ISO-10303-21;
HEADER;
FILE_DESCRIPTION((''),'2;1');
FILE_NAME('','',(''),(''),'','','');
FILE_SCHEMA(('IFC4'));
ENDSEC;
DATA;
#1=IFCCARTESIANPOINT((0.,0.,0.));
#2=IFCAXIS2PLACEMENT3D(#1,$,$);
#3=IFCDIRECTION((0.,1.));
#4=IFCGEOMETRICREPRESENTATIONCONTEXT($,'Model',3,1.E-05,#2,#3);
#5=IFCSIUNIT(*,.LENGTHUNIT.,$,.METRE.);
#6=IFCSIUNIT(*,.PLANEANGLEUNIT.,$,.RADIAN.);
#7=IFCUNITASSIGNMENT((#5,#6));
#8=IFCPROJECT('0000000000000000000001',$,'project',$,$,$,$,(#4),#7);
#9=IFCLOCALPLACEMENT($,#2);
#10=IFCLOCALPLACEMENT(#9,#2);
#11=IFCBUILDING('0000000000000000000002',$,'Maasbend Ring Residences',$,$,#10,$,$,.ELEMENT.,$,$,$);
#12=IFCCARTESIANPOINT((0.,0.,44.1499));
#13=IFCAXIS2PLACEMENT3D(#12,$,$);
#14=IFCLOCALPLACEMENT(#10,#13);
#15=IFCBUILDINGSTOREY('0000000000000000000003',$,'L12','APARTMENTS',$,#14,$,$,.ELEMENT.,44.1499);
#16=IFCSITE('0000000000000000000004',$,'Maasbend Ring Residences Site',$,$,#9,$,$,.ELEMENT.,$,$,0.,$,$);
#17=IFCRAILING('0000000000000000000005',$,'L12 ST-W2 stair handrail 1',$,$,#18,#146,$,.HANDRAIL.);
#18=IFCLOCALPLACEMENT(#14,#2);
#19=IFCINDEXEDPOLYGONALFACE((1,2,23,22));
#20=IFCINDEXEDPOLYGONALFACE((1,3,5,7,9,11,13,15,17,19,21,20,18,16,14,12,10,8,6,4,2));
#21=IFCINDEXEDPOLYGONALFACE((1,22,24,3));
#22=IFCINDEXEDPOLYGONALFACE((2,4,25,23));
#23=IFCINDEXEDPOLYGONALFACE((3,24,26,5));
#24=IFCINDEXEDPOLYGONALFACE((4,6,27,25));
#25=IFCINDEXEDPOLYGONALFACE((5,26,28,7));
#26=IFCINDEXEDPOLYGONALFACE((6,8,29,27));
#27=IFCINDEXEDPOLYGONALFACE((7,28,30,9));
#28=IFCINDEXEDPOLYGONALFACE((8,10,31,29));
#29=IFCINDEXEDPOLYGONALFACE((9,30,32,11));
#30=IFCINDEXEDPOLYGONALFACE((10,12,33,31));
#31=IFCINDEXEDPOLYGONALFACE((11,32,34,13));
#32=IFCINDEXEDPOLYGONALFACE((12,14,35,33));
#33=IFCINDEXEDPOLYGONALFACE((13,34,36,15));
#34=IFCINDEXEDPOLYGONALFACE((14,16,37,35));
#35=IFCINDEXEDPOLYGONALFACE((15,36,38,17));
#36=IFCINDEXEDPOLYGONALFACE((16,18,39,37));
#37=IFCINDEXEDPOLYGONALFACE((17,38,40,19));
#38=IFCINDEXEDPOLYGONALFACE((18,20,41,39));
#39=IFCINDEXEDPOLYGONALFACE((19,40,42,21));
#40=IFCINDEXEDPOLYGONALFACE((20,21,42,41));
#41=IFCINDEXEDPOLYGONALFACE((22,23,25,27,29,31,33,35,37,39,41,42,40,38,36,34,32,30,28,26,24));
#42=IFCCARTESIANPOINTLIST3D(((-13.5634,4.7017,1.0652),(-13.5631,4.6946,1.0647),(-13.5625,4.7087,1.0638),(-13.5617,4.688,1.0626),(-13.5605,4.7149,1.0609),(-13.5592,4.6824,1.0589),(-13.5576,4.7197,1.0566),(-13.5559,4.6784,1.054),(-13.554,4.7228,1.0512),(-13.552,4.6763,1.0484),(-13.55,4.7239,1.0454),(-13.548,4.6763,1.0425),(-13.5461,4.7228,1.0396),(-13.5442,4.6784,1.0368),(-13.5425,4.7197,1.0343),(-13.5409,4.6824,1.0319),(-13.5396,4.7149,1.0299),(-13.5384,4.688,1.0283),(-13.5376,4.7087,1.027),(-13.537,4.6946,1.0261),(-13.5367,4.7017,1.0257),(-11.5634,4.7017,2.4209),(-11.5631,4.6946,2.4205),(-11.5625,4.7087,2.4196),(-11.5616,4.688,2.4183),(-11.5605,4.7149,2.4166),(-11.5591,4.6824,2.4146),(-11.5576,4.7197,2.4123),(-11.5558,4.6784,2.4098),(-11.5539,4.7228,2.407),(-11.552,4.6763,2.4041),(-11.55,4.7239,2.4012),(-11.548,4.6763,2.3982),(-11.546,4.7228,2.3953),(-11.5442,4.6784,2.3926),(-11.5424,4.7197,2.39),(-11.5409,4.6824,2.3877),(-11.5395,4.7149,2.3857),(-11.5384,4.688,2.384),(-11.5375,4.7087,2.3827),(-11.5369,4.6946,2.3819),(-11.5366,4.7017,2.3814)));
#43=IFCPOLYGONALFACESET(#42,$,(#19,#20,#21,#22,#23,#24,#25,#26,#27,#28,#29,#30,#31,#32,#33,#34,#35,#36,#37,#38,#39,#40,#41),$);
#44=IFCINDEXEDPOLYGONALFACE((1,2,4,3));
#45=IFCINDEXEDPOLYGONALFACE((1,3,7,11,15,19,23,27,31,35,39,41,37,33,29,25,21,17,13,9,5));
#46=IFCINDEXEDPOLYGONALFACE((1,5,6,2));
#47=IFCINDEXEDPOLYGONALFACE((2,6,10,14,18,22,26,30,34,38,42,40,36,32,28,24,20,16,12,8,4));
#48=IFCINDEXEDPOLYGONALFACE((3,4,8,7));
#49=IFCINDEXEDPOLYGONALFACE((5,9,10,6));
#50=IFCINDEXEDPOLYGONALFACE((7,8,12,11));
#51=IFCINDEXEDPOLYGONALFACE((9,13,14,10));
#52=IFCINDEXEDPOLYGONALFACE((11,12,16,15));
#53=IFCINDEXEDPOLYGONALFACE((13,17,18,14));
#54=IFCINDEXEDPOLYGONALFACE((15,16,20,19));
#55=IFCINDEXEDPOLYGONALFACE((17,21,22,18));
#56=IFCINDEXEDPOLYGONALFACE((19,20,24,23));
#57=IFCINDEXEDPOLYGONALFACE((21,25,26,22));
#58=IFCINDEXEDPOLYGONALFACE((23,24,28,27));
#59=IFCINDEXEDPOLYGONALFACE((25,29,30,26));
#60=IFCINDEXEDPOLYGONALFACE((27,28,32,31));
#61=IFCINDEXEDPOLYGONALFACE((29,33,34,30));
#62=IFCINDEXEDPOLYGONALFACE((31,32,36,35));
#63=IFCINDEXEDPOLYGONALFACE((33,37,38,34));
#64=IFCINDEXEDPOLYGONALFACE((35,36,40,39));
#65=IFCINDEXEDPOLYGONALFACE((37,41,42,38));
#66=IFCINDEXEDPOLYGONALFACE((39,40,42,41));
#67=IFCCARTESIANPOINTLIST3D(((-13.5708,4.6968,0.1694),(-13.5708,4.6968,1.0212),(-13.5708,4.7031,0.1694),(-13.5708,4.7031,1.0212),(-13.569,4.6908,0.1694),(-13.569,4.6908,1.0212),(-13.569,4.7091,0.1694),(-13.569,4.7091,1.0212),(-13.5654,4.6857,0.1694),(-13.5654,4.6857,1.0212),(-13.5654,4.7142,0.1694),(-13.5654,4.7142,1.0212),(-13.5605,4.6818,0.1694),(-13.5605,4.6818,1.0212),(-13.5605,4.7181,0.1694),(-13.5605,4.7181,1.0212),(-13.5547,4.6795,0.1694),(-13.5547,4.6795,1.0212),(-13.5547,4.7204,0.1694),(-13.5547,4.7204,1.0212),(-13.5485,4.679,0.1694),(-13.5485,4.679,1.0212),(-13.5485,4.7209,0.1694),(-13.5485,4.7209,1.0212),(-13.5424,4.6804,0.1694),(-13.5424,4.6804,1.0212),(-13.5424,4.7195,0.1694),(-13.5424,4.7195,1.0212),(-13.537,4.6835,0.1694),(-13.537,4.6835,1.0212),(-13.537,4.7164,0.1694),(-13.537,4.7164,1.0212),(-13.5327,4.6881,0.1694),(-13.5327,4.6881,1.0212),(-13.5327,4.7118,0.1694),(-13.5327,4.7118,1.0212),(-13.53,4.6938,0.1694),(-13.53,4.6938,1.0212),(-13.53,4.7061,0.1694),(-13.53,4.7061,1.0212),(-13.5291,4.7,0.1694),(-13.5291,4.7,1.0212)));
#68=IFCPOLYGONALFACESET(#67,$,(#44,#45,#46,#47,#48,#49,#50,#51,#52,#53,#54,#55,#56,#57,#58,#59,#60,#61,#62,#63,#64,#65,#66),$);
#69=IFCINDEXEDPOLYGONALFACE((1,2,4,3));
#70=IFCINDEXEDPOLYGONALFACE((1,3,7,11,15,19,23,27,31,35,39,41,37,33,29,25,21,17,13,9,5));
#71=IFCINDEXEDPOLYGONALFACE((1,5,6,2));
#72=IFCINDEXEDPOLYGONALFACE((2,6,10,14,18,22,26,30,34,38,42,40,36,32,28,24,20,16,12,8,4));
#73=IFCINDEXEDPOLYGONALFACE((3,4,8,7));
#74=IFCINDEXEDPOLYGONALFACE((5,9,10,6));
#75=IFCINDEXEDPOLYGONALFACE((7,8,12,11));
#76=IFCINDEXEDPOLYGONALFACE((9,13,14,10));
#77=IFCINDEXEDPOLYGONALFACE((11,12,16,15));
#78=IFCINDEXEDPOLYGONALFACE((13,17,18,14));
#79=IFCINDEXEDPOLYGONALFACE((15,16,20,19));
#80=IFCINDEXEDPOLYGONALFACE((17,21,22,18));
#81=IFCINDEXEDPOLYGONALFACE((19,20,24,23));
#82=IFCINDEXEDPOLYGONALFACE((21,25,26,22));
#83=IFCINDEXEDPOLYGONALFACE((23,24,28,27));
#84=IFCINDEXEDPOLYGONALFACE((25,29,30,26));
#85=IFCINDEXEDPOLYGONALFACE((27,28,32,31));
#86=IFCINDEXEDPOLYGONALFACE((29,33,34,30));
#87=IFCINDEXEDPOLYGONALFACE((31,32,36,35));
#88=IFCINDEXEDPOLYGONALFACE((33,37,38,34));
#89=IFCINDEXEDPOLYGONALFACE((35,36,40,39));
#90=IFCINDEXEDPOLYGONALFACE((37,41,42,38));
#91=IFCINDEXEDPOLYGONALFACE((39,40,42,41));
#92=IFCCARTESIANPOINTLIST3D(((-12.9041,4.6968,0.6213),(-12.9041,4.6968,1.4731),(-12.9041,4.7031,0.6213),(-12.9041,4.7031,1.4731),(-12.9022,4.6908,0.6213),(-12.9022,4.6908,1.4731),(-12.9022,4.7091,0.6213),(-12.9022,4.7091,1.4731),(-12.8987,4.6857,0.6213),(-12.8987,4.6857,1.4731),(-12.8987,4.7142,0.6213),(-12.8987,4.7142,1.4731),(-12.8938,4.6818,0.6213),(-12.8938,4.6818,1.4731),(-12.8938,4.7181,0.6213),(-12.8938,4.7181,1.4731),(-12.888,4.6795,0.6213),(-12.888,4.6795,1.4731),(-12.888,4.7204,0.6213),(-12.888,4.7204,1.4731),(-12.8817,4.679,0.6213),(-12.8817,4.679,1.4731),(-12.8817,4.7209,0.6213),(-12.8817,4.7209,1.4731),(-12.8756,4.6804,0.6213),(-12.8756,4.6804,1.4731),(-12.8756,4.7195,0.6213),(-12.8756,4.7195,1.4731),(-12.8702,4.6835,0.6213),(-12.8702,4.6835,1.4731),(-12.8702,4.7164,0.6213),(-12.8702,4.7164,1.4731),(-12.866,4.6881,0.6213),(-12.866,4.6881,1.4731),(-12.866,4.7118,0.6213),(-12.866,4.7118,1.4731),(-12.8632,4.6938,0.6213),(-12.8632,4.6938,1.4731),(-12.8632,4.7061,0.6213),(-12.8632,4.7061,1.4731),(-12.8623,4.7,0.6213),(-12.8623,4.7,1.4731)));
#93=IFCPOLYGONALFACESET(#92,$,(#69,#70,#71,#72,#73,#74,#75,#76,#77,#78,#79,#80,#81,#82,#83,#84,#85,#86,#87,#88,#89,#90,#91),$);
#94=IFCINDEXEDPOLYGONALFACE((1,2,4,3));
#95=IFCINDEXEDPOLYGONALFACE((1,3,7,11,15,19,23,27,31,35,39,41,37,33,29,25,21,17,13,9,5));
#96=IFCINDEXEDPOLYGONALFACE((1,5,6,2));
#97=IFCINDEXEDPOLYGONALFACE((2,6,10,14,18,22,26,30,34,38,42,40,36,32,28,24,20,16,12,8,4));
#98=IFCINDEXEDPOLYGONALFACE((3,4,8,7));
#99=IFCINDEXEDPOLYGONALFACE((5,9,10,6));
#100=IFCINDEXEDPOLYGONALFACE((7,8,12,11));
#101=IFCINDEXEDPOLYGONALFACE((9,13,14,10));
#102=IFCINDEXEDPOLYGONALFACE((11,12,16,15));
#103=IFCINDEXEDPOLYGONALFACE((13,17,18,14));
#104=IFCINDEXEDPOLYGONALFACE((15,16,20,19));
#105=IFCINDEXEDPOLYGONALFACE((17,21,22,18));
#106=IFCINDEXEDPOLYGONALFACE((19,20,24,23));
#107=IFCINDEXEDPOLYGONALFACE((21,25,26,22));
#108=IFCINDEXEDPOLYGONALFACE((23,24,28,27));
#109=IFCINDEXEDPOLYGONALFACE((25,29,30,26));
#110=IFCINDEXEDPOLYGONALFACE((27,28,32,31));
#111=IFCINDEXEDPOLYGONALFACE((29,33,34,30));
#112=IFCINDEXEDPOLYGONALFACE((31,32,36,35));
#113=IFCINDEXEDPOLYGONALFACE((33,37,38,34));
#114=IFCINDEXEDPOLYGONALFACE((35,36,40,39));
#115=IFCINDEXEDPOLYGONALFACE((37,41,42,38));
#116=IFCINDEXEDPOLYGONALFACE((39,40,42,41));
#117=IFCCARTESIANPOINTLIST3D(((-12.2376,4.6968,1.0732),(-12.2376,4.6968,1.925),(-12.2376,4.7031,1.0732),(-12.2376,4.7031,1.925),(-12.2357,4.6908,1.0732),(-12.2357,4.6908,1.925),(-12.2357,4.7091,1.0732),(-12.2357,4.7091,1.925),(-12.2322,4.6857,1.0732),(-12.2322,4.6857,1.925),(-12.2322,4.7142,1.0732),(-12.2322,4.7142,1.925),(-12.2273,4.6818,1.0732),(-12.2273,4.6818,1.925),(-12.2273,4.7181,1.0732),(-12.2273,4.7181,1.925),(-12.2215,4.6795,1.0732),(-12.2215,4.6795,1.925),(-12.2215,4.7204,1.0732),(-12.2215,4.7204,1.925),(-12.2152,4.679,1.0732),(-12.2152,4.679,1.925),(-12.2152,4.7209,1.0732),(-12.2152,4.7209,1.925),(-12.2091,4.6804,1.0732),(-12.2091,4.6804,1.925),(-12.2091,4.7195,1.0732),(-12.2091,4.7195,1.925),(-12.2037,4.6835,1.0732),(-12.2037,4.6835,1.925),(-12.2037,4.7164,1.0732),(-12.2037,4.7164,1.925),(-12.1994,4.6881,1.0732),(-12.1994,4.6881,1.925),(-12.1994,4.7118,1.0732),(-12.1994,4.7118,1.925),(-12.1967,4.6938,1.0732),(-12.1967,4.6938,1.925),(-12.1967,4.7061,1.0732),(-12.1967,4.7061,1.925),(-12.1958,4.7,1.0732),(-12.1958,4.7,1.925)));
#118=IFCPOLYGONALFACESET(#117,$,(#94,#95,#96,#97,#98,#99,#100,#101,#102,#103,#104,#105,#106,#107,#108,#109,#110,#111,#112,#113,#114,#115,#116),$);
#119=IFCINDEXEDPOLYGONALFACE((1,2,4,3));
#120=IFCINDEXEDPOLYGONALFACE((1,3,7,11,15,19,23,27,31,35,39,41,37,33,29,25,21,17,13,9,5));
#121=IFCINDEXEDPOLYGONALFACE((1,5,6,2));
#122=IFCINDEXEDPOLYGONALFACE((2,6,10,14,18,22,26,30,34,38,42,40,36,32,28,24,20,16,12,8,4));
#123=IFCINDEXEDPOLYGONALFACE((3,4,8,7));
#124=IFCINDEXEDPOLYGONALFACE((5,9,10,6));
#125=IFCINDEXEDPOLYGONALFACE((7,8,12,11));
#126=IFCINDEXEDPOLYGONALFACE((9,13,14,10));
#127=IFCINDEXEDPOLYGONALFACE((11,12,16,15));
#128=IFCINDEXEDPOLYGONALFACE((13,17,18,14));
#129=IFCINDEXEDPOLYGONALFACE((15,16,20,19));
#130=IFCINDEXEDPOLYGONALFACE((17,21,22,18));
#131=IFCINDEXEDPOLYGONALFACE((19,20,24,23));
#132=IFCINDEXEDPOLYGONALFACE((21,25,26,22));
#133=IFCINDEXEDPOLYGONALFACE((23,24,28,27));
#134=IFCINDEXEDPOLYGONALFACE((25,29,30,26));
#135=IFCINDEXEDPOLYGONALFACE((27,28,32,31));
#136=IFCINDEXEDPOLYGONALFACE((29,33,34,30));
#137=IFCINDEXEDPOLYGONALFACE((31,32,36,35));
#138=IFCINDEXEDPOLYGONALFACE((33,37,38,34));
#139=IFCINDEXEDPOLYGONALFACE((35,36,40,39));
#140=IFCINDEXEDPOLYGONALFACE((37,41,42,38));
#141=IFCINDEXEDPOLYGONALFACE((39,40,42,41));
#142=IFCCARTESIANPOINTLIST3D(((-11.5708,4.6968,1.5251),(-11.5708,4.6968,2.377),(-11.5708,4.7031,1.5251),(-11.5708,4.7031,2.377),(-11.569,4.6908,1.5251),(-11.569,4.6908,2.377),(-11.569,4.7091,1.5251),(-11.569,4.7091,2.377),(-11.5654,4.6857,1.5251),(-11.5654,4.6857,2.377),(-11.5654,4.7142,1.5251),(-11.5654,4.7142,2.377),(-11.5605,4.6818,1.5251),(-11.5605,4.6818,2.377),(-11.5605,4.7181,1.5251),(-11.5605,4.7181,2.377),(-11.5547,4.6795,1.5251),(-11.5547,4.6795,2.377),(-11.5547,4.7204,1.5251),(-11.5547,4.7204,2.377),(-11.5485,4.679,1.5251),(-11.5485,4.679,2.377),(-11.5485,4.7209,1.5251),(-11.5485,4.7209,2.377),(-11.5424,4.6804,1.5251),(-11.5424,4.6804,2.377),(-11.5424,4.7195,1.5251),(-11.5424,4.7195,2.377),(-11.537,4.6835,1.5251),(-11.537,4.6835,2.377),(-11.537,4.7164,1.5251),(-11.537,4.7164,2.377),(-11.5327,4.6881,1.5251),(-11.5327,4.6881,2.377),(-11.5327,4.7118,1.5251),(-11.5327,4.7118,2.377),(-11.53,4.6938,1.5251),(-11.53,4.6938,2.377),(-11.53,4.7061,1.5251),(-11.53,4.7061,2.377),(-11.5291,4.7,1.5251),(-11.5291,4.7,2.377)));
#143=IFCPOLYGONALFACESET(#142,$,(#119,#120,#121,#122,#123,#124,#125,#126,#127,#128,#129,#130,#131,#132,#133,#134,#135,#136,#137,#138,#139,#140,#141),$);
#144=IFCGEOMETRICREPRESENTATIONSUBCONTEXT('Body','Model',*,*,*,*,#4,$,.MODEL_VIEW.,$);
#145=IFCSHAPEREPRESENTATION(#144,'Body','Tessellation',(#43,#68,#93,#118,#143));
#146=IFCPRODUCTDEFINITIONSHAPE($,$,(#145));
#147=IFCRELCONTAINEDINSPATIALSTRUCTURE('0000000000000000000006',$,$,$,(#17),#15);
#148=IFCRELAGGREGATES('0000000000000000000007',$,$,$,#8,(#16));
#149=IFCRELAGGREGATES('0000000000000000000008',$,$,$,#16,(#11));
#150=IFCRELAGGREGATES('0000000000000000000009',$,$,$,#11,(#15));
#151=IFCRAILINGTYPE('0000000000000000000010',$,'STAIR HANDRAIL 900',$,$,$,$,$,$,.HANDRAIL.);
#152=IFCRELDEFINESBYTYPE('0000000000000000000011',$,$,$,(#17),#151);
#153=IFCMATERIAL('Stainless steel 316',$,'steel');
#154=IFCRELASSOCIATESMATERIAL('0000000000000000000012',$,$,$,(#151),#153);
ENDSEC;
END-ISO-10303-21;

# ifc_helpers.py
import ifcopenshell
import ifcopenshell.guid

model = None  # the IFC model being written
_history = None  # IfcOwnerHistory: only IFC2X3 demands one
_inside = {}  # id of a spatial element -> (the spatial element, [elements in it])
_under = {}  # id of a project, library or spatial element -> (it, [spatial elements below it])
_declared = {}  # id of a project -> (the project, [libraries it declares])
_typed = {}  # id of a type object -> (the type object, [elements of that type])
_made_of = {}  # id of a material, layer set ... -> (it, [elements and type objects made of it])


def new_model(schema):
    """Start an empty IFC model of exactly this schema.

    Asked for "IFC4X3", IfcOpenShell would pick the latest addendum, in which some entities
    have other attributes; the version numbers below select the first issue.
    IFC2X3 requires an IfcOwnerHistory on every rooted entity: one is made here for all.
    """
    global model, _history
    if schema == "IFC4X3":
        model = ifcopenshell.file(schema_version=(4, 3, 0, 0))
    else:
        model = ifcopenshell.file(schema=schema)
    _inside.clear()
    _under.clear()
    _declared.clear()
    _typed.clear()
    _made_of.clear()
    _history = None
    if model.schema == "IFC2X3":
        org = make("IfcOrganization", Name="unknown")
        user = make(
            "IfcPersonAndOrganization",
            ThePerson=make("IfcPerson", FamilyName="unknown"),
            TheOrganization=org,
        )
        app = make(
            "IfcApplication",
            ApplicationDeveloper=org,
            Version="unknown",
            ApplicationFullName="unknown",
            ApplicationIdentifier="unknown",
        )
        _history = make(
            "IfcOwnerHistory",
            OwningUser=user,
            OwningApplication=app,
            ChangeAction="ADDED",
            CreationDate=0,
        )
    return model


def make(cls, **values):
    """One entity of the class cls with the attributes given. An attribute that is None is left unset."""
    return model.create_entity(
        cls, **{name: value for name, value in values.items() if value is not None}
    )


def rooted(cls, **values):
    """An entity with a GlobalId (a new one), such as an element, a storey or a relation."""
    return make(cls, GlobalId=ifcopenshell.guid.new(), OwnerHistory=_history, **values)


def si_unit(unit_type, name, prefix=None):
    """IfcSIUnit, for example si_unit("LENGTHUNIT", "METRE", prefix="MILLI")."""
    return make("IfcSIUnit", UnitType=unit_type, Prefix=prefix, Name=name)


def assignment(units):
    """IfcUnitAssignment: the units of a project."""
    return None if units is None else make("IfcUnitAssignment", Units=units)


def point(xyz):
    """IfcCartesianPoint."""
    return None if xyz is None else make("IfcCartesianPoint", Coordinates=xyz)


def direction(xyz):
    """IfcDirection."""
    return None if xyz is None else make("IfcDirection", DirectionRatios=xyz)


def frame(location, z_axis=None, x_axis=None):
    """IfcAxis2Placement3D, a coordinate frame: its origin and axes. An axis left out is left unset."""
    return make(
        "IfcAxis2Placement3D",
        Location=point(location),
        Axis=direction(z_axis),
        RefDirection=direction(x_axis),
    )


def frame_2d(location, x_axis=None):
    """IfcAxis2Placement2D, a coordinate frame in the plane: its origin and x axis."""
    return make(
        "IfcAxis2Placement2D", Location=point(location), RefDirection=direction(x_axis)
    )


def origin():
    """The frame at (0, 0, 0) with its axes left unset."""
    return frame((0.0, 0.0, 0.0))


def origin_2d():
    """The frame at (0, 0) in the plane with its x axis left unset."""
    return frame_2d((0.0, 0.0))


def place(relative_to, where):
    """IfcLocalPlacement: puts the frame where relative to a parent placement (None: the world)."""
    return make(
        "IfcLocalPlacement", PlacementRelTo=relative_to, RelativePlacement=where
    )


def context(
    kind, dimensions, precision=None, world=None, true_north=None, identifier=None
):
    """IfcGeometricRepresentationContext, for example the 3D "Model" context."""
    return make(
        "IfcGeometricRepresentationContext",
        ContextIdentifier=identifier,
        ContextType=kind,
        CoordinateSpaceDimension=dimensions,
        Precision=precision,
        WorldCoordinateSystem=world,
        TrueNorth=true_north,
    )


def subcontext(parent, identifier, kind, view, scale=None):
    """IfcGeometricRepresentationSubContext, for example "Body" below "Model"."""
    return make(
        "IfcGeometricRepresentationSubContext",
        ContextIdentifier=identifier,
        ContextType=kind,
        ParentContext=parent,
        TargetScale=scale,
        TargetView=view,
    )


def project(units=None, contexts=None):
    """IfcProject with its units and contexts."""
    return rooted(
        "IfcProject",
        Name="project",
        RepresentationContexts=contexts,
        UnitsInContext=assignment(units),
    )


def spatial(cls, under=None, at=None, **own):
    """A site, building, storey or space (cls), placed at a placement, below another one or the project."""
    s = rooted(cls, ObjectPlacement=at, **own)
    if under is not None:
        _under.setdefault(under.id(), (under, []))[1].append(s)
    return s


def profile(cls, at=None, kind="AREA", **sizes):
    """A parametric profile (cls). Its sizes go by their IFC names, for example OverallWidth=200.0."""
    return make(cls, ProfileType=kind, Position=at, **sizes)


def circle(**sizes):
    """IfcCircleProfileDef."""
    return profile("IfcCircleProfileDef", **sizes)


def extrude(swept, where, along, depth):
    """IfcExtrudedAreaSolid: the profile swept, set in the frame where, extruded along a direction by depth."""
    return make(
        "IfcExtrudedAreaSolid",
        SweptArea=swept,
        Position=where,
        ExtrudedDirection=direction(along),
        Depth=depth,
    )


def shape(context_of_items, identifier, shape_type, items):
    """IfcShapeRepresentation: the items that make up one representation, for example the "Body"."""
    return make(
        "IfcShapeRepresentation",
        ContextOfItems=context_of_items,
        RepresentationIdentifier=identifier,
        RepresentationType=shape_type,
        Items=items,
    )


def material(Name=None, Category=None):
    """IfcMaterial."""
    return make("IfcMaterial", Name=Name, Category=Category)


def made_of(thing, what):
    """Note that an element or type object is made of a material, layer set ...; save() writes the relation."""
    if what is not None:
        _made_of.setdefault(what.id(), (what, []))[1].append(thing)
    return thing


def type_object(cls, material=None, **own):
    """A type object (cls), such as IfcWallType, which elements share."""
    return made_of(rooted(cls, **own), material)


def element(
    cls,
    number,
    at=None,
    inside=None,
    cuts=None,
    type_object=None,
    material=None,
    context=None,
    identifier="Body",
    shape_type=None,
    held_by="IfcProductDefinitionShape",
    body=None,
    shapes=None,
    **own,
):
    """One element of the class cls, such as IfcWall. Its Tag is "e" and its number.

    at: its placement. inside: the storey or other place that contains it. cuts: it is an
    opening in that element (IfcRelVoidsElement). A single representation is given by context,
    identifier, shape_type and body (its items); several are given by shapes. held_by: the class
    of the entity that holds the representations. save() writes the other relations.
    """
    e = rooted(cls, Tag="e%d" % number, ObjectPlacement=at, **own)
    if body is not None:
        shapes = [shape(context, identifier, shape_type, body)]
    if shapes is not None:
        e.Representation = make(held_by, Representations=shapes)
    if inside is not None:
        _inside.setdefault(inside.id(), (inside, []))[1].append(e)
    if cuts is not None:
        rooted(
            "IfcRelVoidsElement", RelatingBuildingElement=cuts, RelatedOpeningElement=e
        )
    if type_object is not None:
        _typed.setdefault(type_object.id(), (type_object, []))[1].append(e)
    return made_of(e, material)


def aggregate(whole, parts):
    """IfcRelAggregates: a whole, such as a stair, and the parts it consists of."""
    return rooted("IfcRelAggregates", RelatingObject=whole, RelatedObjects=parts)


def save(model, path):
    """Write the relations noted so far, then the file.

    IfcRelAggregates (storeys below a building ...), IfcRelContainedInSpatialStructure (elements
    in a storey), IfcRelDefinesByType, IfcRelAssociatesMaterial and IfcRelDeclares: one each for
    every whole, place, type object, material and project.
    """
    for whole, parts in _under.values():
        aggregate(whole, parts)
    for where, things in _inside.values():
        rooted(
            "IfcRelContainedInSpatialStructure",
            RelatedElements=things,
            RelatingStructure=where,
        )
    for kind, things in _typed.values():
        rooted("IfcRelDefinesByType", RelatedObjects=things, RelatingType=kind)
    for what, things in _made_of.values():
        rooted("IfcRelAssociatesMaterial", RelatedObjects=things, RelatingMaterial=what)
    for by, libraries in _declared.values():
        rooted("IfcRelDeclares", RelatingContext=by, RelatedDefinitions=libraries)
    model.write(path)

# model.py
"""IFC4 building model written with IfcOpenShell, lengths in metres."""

from ifc_helpers import new_model, si_unit, direction, frame, origin, origin_2d, place, context, subcontext, project, spatial, circle, extrude, material, type_object, element, save


model = new_model("IFC4")

# Units and contexts
model_context = context("Model", 3, precision=1e-05, world=origin(), true_north=direction((0.0, 1.0)))
body_context = subcontext(model_context, "Body", "Model", "MODEL_VIEW")
ifc_project = project(units=[si_unit("LENGTHUNIT", "METRE"), si_unit("PLANEANGLEUNIT", "RADIAN")], contexts=[model_context])

# Site, building, storey
site_placement = place(None, origin())
site = spatial("IfcSite", under=ifc_project, at=site_placement, Name="Maasbend Ring Residences Site", CompositionType="ELEMENT", RefElevation=0.0)
building_placement = place(site_placement, origin())
building = spatial("IfcBuilding", under=site, at=building_placement, Name="Maasbend Ring Residences", CompositionType="ELEMENT")
storey_placement = place(building_placement, frame((0.0, 0.0, 44.1499)))
storey = spatial("IfcBuildingStorey", under=building, at=storey_placement, Name="L12", Description="APARTMENTS", CompositionType="ELEMENT", Elevation=44.1499)

# Railing
ifc_material_1 = material(Name="Stainless steel 316", Category="steel")
railing_type_1 = type_object("IfcRailingType", Name="STAIR HANDRAIL 900", PredefinedType="HANDRAIL", material=ifc_material_1)
railing_1_placement = place(storey_placement, frame((-13.55, 4.7, 0.1694)))
element("IfcRailing", 1, at=railing_1_placement, inside=storey, type_object=railing_type_1, Name="L12 ST-W2 stair handrail 1", PredefinedType="HANDRAIL", context=body_context, shape_type="SweptSolid", body=[
    extrude(circle(Radius=0.0239, at=origin_2d()), frame((0.0, 0.0, 0.876), z_axis=(0.827751, 0.0, 0.561096), x_axis=(0.0, 1.0, 0.0)), (0.0, 0.0, 1.0), 2.4163),
    extrude(circle(Radius=0.021, at=origin_2d()), origin(), (0.0, 0.0, 1.0), 0.8518),
    extrude(circle(Radius=0.021, at=origin_2d()), frame((0.6667, 0.0, 0.4519)), (0.0, 0.0, 1.0), 0.8518),
    extrude(circle(Radius=0.021, at=origin_2d()), frame((1.3333, 0.0, 0.9038)), (0.0, 0.0, 1.0), 0.8518),
    extrude(circle(Radius=0.021, at=origin_2d()), frame((2.0, 0.0, 1.3557)), (0.0, 0.0, 1.0), 0.8518),
])

save(model, "model.ifc")
